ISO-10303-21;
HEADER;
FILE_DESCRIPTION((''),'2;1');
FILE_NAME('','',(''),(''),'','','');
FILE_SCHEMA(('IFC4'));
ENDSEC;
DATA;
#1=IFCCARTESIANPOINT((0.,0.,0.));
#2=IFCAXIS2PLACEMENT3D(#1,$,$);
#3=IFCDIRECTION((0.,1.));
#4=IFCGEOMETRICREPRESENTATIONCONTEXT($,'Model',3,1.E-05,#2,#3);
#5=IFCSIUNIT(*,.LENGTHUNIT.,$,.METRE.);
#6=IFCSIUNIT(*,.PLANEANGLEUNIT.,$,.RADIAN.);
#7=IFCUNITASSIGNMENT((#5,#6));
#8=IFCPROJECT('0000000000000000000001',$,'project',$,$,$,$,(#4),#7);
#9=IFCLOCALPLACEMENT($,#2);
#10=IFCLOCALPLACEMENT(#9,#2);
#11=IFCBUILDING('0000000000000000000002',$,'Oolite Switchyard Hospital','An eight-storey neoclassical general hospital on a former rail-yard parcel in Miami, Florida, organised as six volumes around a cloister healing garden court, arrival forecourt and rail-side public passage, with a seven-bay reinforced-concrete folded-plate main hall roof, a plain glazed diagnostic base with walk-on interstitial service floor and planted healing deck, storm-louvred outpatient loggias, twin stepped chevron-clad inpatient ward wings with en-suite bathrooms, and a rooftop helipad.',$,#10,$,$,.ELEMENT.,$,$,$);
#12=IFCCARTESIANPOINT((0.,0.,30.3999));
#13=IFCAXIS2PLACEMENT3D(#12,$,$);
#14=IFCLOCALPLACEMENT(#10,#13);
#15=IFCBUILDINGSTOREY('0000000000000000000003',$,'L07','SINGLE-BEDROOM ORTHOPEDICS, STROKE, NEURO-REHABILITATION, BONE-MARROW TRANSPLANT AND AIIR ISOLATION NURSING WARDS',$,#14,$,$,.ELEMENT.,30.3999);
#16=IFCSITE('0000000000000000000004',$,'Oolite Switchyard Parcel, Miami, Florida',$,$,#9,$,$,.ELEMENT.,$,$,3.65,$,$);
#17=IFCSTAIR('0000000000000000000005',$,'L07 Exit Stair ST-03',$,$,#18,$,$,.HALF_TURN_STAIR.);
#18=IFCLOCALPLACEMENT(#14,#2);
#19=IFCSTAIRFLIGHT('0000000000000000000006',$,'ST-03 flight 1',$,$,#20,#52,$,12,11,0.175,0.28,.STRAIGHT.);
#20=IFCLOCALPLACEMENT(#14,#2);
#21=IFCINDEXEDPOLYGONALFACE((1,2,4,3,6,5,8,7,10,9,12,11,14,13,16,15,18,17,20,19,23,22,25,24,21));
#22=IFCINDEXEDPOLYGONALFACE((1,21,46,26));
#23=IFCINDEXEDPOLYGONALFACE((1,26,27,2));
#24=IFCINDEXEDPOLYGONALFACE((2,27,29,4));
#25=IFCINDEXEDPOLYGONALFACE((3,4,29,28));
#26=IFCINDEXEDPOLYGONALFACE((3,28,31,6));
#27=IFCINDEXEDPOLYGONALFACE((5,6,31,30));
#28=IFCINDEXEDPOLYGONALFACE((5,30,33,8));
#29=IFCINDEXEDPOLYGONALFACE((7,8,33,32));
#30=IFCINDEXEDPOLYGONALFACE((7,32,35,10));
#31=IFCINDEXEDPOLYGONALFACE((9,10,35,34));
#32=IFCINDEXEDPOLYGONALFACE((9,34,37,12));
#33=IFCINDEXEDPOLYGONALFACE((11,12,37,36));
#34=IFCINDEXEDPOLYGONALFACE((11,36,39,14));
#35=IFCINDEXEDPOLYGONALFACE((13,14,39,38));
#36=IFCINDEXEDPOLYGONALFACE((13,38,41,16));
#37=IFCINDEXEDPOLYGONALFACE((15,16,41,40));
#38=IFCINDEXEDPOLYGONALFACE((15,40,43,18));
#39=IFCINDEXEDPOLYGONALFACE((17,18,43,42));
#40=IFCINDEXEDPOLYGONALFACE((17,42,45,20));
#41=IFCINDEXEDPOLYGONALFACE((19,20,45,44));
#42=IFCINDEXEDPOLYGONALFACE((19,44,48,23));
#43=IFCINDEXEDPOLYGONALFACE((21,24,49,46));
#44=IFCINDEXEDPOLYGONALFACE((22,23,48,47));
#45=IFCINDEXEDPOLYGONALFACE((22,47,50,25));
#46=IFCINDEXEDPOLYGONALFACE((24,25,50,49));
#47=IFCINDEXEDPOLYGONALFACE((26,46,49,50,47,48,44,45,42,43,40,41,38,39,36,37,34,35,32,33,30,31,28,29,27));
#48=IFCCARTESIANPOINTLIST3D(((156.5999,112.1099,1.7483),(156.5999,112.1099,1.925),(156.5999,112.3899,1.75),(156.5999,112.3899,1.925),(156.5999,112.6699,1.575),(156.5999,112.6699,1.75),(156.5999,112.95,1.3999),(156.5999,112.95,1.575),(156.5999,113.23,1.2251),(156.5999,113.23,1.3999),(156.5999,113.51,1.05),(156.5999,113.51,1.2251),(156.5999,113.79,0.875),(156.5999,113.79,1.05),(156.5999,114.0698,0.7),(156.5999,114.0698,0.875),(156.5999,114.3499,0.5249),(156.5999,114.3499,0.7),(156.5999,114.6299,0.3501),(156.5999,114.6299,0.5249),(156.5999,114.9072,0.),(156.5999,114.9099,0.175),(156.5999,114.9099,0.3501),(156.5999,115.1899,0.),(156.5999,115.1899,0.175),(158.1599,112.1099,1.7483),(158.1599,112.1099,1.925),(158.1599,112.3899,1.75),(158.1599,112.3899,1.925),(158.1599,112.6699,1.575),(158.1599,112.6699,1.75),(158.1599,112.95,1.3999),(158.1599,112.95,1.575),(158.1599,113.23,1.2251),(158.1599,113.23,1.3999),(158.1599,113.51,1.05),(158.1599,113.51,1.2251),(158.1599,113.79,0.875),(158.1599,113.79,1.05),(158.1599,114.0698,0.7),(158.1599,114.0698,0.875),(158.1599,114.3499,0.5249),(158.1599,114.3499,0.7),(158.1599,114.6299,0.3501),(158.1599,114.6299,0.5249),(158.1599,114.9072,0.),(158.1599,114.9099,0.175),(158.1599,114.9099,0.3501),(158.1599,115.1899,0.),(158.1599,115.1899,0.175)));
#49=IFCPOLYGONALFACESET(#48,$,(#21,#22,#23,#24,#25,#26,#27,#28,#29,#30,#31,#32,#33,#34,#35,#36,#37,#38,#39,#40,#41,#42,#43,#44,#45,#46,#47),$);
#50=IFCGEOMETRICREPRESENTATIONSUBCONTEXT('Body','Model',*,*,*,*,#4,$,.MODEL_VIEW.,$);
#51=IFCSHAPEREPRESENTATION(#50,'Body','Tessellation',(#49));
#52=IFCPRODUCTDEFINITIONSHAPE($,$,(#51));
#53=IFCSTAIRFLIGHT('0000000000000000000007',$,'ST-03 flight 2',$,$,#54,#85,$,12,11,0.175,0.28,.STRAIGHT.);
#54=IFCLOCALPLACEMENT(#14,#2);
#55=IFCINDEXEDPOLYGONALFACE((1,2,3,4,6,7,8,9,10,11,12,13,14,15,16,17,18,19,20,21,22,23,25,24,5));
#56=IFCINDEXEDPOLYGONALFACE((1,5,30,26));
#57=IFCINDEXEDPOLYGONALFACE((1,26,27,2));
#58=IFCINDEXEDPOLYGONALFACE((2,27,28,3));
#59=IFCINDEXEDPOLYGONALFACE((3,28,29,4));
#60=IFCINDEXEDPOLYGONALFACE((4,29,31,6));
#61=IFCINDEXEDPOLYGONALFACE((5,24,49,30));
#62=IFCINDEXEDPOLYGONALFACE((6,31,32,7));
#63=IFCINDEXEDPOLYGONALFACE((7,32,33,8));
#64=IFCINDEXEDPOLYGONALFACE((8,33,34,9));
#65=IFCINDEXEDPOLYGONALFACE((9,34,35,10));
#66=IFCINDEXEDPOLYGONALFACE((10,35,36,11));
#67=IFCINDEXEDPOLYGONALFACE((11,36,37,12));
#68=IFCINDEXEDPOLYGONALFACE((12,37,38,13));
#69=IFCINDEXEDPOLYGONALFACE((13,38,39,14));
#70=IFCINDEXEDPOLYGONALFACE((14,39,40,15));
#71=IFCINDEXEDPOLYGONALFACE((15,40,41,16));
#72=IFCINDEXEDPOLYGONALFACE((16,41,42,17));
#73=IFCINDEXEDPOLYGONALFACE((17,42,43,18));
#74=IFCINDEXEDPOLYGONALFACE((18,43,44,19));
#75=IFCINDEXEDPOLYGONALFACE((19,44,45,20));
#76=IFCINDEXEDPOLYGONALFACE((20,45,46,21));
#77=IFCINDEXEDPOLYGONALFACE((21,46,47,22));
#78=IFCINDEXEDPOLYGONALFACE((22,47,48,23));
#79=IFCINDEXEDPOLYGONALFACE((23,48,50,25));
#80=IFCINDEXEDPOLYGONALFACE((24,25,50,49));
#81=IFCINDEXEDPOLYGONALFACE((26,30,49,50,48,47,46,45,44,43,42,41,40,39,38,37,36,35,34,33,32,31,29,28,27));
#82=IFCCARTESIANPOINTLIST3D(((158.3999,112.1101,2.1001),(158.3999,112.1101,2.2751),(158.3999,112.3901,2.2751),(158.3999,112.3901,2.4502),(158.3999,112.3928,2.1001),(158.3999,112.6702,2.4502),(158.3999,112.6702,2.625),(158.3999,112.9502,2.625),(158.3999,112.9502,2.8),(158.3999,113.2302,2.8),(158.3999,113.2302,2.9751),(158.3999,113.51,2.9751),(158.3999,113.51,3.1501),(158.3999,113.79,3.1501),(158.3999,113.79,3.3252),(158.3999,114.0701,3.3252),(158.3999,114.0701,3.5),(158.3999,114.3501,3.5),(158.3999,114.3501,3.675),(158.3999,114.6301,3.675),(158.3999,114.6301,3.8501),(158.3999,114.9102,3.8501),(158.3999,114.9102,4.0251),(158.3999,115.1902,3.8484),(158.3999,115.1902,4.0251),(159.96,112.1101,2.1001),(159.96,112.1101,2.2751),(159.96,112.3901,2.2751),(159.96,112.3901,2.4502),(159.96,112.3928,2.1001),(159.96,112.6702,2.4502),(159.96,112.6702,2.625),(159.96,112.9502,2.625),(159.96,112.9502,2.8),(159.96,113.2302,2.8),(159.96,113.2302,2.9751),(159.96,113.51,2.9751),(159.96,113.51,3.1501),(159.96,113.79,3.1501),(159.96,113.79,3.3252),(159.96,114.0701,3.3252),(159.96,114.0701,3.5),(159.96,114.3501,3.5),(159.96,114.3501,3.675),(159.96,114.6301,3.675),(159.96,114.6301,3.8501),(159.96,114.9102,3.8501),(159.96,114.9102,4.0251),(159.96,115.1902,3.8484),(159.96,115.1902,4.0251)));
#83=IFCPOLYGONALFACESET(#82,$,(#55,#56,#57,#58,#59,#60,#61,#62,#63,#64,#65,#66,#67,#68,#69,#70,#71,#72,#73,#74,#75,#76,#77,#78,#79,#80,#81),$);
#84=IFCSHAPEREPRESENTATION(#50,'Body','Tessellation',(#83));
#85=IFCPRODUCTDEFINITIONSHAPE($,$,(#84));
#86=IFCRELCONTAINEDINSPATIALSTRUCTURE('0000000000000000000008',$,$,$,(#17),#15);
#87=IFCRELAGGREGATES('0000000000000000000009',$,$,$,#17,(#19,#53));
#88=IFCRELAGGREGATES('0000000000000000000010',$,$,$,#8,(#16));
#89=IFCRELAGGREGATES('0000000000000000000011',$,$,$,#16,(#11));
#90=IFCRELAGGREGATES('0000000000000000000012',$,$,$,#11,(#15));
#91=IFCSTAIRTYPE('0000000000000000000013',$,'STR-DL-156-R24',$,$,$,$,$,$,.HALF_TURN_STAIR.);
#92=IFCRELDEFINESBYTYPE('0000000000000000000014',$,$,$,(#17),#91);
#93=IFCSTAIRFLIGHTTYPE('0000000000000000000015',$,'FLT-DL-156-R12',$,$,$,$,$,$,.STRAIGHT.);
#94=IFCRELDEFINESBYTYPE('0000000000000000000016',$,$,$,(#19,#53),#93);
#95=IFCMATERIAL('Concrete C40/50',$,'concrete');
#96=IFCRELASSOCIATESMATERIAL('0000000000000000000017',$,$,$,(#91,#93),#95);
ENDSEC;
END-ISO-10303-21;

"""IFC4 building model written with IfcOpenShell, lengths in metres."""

from ifc_helpers import new_model, si_unit, direction, frame, origin, place, context, subcontext, project, spatial, polyline, outline, extrude, material, type_object, element, aggregate, save


model = new_model("IFC4")

# Units and contexts
model_context = context("Model", 3, precision=1e-05, world=origin(), true_north=direction((0.0, 1.0)))
body_context = subcontext(model_context, "Body", "Model", "MODEL_VIEW")
ifc_project = project(units=[si_unit("LENGTHUNIT", "METRE"), si_unit("PLANEANGLEUNIT", "RADIAN")], contexts=[model_context])

# Site, building, storey
site_placement = place(None, origin())
site = spatial("IfcSite", under=ifc_project, at=site_placement, Name="Oolite Switchyard Parcel, Miami, Florida", CompositionType="ELEMENT", RefElevation=3.65)
building_placement = place(site_placement, origin())
building = spatial("IfcBuilding", under=site, at=building_placement, Name="Oolite Switchyard Hospital", Description="An eight-storey neoclassical general hospital on a former rail-yard parcel in Miami, Florida, organised as six volumes around a cloister healing garden court, arrival forecourt and rail-side public passage, with a seven-bay reinforced-concrete folded-plate main hall roof, a plain glazed diagnostic base with walk-on interstitial service floor and planted healing deck, storm-louvred outpatient loggias, twin stepped chevron-clad inpatient ward wings with en-suite bathrooms, and a rooftop helipad.", CompositionType="ELEMENT")
storey_placement = place(building_placement, frame((0.0, 0.0, 30.3999)))
storey = spatial("IfcBuildingStorey", under=building, at=storey_placement, Name="L07", Description="SINGLE-BEDROOM ORTHOPEDICS, STROKE, NEURO-REHABILITATION, BONE-MARROW TRANSPLANT AND AIIR ISOLATION NURSING WARDS", CompositionType="ELEMENT", Elevation=30.3999)

# Shared definitions
ifc_material_1 = material(Name="Concrete C40/50", Category="concrete")

# Stair, stair flights
stair_type = type_object("IfcStairType", Name="STR-DL-156-R24", PredefinedType="HALF_TURN_STAIR", material=ifc_material_1)
stair_placement = place(storey_placement, origin())
stair = element("IfcStair", 1, at=stair_placement, inside=storey, type_object=stair_type, Name="L07 Exit Stair ST-03", PredefinedType="HALF_TURN_STAIR")
stair_flight_type = type_object("IfcStairFlightType", Name="FLT-DL-156-R12", PredefinedType="STRAIGHT", material=ifc_material_1)
stair_flight_1_placement = place(storey_placement, frame((157.3799, 115.1899, 0.0), z_axis=(0.0, 0.0, 1.0), x_axis=(0.0, -1.0, 0.0)))
stair_flight_1 = element("IfcStairFlight", 2, at=stair_flight_1_placement, type_object=stair_flight_type, Name="ST-03 flight 1", NumberOfRisers=12, NumberOfTreads=11, PredefinedType="STRAIGHT", RiserHeight=0.175, TreadLength=0.28, context=body_context, shape_type="SweptSolid", body=[
    extrude(outline(polyline([(0.0, 0.0), (0.0, 0.175), (0.28, 0.175), (0.28, 0.3501), (0.5601, 0.3501), (0.5601, 0.5249), (0.8401, 0.5249), (0.8401, 0.7), (1.1201, 0.7), (1.1201, 0.875), (1.3999, 0.875), (1.3999, 1.05), (1.6799, 1.05), (1.6799, 1.2251), (1.96, 1.2251), (1.96, 1.3999), (2.24, 1.3999), (2.24, 1.575), (2.52, 1.575), (2.52, 1.75), (2.8, 1.75), (2.8, 1.925), (3.0801, 1.925), (3.0801, 2.1001), (3.0801, 1.7483), (0.2827, 0.0), (0.0, 0.0)])), frame((0.0, 0.78, 0.0), z_axis=(0.0, -1.0, 0.0), x_axis=(1.0, 0.0, 0.0)), (0.0, 0.0, 1.0), 1.5601),
])
stair_flight_2_placement = place(storey_placement, frame((159.1799, 112.1101, 2.1001), z_axis=(0.0, 0.0, 1.0), x_axis=(0.0, 1.0, 0.0)))
stair_flight_2 = element("IfcStairFlight", 3, at=stair_flight_2_placement, type_object=stair_flight_type, Name="ST-03 flight 2", NumberOfRisers=12, NumberOfTreads=11, PredefinedType="STRAIGHT", RiserHeight=0.175, TreadLength=0.28, context=body_context, shape_type="SweptSolid", body=[
    extrude(outline(polyline([(0.0, 0.0), (0.0, 0.175), (0.28, 0.175), (0.28, 0.3501), (0.5601, 0.3501), (0.5601, 0.5249), (0.8401, 0.5249), (0.8401, 0.7), (1.1201, 0.7), (1.1201, 0.875), (1.3999, 0.875), (1.3999, 1.05), (1.6799, 1.05), (1.6799, 1.2251), (1.96, 1.2251), (1.96, 1.3999), (2.24, 1.3999), (2.24, 1.575), (2.52, 1.575), (2.52, 1.75), (2.8, 1.75), (2.8, 1.925), (3.0801, 1.925), (3.0801, 2.1001), (3.0801, 1.7483), (0.2827, 0.0), (0.0, 0.0)])), frame((0.0, 0.78, 0.0), z_axis=(0.0, -1.0, 0.0), x_axis=(1.0, 0.0, 0.0)), (0.0, 0.0, 1.0), 1.5601),
])
aggregate(stair, [stair_flight_1, stair_flight_2])

save(model, "model.ifc")
